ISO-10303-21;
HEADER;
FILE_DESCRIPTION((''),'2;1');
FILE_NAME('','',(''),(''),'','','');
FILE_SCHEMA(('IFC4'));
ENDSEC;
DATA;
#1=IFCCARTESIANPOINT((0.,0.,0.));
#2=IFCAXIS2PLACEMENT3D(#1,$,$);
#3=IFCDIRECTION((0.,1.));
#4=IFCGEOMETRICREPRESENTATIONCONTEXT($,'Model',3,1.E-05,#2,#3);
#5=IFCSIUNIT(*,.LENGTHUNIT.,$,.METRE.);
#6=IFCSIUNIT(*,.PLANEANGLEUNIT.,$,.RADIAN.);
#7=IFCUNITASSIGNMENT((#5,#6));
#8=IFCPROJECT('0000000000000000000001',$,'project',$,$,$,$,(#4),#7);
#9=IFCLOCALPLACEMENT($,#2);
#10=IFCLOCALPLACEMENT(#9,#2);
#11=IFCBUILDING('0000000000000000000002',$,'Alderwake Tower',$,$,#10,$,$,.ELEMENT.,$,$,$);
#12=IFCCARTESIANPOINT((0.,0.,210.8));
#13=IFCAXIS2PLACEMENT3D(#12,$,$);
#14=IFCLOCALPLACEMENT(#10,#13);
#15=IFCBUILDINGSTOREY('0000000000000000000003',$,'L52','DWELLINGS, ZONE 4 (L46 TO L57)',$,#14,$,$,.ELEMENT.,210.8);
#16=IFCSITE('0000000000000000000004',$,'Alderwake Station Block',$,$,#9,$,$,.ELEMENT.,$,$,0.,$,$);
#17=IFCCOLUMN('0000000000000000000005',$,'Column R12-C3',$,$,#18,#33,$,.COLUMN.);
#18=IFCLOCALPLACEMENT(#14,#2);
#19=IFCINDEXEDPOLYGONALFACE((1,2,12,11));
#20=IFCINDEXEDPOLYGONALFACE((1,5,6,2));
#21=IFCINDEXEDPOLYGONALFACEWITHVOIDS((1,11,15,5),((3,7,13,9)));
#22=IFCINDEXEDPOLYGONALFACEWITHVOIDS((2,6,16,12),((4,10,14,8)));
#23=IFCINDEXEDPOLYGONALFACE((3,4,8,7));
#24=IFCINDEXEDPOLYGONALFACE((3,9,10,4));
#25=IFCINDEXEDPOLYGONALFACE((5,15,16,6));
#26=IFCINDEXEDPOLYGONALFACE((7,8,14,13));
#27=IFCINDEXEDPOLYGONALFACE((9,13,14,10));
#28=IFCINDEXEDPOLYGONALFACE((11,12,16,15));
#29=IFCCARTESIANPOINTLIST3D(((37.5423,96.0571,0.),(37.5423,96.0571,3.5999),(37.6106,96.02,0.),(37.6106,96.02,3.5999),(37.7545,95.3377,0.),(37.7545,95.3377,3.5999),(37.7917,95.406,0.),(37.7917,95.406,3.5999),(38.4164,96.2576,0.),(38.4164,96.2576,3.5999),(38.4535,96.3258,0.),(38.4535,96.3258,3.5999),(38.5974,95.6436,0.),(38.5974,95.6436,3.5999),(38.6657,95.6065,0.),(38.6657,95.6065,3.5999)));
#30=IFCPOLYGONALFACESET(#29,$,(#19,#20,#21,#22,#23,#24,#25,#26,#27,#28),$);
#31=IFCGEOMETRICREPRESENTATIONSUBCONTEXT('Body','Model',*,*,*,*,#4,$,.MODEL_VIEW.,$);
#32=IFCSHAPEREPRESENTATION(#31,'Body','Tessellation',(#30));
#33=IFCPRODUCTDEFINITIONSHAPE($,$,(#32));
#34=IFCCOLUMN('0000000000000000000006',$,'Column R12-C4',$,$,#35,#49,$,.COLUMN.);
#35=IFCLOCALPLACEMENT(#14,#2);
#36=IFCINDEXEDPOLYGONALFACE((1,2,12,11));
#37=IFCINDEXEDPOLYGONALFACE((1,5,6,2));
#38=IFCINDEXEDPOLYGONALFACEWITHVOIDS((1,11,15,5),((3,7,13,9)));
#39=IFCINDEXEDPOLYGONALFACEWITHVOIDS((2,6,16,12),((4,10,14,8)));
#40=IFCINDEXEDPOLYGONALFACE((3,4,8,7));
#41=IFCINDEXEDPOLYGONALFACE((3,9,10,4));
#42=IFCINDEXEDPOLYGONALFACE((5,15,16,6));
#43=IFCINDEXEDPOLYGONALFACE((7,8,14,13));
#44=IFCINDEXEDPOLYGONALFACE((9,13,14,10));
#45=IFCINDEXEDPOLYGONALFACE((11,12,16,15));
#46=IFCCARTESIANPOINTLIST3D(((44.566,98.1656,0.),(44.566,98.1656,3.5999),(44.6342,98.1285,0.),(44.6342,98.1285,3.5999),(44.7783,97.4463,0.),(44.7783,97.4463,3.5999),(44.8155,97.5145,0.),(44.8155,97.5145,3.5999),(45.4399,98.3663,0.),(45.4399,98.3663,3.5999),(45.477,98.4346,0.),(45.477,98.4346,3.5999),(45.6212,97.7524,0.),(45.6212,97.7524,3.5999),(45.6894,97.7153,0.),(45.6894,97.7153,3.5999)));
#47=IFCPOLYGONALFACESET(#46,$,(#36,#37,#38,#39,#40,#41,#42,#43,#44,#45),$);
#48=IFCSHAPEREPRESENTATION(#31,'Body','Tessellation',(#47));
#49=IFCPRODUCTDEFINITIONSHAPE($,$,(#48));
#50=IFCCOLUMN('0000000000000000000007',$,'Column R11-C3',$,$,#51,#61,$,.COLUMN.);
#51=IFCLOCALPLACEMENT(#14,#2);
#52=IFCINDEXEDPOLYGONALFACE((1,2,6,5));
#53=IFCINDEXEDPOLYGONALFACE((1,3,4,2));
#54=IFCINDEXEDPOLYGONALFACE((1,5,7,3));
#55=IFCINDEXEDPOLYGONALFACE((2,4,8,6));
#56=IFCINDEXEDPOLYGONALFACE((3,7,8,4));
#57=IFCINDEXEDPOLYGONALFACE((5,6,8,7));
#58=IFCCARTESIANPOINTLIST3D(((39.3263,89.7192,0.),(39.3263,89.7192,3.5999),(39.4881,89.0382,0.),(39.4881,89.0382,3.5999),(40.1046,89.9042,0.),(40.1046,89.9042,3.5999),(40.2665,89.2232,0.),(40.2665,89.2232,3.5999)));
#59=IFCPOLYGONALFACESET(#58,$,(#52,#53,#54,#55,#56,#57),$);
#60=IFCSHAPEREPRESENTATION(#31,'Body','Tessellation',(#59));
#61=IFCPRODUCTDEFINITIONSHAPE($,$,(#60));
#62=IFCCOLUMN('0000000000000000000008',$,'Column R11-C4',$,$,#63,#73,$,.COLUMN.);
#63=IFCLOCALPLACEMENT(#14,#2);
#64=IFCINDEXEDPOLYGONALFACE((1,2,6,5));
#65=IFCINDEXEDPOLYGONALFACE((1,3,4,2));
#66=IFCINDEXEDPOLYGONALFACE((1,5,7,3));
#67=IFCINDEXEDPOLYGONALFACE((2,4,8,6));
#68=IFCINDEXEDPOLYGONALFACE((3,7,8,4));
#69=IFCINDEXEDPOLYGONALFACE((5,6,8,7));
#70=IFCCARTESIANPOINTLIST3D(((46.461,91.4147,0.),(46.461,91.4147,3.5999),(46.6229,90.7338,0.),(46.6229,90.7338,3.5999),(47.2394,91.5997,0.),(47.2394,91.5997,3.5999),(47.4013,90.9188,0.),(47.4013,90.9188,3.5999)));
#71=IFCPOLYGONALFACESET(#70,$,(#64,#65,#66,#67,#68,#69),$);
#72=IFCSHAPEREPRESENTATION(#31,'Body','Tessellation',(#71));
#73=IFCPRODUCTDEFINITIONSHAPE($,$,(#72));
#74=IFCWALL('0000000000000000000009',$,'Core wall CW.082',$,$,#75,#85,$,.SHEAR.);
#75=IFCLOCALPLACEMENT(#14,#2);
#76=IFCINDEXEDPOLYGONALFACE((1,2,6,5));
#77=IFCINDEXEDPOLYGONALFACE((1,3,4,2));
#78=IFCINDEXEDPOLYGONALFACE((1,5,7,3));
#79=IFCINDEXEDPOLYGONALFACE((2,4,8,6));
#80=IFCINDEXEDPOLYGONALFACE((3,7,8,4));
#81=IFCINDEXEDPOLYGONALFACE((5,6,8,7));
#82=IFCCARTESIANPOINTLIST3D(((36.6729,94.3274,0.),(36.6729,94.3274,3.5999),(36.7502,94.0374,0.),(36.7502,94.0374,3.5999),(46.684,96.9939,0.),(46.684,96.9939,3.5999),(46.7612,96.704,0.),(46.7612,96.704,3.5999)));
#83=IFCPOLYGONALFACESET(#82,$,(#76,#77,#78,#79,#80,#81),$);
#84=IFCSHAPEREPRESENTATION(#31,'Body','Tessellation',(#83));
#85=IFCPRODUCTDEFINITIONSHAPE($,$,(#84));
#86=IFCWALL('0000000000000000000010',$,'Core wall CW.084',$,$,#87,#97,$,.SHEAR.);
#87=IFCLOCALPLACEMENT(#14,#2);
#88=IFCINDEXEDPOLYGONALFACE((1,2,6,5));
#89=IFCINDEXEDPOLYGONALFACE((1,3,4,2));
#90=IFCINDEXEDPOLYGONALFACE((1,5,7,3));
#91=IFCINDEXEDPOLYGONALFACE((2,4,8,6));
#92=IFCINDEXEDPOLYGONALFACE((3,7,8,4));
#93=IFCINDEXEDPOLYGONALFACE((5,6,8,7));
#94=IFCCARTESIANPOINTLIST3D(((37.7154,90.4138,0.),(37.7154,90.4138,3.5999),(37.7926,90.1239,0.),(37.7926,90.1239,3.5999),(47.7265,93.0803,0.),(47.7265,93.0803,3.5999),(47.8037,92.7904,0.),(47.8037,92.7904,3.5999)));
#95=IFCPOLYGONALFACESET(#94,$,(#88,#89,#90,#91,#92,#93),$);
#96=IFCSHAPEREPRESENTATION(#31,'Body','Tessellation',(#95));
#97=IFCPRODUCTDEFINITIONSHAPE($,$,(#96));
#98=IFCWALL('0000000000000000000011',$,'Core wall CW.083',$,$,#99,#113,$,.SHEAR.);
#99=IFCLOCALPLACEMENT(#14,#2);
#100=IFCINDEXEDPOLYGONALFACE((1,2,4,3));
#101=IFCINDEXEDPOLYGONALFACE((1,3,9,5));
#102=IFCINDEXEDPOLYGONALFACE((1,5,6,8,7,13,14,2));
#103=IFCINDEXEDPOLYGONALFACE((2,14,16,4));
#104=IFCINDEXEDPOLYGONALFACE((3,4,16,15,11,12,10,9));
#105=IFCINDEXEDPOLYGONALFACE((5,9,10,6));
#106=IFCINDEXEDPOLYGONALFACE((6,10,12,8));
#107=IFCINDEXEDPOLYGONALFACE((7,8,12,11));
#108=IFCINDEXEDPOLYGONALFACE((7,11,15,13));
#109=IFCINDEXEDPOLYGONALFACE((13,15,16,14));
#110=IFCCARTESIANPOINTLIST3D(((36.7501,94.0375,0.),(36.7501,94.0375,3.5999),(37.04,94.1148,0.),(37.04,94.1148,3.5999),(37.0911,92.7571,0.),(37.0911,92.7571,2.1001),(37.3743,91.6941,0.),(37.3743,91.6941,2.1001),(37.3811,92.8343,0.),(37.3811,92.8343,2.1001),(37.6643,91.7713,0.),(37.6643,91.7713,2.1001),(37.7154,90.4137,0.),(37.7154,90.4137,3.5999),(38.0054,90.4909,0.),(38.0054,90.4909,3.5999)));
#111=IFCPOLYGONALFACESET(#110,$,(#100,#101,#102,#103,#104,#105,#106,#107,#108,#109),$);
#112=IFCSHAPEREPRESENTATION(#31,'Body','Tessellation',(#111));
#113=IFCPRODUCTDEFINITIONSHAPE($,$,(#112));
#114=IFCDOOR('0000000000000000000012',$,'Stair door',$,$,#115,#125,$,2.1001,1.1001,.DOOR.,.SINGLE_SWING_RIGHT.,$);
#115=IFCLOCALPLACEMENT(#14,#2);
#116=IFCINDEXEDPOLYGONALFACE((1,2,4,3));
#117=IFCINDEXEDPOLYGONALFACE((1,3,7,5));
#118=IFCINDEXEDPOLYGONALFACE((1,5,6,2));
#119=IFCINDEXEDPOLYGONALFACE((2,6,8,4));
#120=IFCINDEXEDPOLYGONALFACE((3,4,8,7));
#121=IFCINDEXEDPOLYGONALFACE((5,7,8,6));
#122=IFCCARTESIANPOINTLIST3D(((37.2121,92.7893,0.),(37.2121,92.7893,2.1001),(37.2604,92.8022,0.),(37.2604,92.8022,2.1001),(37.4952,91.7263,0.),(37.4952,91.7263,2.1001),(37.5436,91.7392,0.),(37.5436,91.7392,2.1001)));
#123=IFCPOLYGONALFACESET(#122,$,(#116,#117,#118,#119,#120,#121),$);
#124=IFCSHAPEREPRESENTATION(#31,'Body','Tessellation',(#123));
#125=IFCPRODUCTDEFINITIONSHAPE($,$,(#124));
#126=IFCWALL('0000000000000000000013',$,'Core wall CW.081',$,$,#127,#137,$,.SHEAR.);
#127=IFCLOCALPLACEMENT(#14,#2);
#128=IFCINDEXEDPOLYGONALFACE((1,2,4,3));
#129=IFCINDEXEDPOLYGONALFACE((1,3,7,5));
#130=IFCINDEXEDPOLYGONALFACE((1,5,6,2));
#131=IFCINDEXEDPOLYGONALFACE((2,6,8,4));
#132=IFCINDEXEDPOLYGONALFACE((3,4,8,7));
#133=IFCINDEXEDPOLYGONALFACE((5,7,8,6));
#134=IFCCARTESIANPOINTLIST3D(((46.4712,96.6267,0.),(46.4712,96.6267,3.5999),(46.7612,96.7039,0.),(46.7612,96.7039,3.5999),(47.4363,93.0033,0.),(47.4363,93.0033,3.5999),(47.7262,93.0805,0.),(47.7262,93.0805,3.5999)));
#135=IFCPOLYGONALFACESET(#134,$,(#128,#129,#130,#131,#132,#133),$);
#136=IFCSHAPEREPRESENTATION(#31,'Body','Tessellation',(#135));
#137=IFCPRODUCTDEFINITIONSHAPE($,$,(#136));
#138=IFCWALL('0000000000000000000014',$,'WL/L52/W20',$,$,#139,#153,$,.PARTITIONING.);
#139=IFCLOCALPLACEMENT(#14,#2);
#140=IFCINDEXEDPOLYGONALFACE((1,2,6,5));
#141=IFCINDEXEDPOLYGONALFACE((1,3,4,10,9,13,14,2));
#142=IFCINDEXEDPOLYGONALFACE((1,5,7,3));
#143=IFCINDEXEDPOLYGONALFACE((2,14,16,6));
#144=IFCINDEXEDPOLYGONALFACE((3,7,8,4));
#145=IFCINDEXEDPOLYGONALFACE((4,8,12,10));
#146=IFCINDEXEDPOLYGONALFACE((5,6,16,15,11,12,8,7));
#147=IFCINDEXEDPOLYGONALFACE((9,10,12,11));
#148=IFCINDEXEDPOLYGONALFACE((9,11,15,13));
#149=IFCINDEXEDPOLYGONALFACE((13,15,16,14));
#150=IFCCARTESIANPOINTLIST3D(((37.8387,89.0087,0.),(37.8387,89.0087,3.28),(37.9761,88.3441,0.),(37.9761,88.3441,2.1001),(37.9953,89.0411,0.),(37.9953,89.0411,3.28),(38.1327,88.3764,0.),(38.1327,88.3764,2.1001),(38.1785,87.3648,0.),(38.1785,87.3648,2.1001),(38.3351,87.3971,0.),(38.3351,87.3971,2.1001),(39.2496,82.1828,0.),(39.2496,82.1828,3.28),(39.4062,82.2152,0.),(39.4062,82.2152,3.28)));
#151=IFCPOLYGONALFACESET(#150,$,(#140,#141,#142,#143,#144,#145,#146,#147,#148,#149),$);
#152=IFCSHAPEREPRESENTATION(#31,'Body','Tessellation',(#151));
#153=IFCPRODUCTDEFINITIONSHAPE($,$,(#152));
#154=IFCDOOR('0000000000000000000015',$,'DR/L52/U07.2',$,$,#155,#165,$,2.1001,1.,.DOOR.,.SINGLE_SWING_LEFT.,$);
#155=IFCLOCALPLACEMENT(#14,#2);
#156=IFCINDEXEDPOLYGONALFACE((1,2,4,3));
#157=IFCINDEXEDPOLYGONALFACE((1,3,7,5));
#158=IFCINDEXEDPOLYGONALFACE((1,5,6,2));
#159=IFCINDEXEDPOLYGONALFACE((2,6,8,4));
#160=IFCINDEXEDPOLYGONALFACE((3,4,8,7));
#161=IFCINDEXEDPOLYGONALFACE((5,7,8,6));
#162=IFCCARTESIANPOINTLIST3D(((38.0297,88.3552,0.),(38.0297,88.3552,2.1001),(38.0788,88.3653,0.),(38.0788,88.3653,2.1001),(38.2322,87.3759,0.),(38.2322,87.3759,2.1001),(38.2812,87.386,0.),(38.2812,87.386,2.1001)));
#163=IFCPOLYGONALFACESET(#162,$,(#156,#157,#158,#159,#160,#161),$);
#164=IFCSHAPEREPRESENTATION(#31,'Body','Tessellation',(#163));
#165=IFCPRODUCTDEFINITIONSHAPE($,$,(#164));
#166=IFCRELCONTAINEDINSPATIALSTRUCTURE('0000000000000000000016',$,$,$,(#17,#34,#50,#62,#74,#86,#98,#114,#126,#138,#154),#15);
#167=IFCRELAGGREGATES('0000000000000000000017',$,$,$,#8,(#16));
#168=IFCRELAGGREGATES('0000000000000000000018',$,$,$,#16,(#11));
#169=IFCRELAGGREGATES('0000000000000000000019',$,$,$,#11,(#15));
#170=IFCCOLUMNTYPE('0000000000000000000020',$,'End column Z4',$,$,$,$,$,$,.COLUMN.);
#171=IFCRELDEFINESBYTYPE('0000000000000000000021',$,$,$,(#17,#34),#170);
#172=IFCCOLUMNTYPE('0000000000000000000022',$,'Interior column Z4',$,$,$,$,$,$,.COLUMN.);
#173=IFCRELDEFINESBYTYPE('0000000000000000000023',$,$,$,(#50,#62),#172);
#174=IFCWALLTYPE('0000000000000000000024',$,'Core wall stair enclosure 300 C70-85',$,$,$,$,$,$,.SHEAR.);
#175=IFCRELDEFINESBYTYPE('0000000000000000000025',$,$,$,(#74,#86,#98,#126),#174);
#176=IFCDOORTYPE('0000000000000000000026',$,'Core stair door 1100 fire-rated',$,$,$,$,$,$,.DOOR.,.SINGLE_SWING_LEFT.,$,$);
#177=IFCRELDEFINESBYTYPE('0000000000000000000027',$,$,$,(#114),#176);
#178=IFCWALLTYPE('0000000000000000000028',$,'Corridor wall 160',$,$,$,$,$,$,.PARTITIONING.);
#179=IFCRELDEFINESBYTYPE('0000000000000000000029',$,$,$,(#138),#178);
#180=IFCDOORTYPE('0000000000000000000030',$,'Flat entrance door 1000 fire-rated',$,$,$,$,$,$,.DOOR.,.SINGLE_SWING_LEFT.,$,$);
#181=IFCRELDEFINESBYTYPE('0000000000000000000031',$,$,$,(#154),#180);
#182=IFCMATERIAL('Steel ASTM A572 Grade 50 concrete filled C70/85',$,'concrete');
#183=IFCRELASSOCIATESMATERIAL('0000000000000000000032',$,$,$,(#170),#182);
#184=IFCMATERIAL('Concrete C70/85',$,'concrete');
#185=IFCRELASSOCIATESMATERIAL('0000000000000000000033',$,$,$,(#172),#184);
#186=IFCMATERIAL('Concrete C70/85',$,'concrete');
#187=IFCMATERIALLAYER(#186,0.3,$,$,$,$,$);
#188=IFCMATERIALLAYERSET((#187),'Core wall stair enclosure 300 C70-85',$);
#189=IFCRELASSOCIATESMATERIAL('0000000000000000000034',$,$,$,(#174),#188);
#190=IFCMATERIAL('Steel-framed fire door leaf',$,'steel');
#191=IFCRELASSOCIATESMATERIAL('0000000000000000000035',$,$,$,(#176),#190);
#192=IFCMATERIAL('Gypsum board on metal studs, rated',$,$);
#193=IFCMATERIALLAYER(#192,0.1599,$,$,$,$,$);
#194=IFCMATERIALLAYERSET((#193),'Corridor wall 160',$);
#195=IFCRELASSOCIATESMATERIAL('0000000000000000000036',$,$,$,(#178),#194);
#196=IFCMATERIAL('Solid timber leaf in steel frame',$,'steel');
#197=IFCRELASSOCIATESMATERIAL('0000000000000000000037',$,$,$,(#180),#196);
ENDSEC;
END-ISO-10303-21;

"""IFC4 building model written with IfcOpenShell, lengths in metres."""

from ifc_helpers import new_model, si_unit, direction, frame, frame_2d, origin, origin_2d, place, context, subcontext, project, spatial, rectangle, hollow_rectangle, extrude, material, layer, layer_set, material_profile, profile_set, type_object, element, fill, save


model = new_model("IFC4")

# Units and contexts
model_context = context("Model", 3, precision=1e-05, world=origin(), true_north=direction((0.0, 1.0)))
body_context = subcontext(model_context, "Body", "Model", "MODEL_VIEW")
ifc_project = project(units=[si_unit("LENGTHUNIT", "METRE"), si_unit("PLANEANGLEUNIT", "RADIAN")], contexts=[model_context])

# Site, building, storey
site_placement = place(None, origin())
site = spatial("IfcSite", under=ifc_project, at=site_placement, Name="Alderwake Station Block", CompositionType="ELEMENT", RefElevation=0.0)
building_placement = place(site_placement, origin())
building = spatial("IfcBuilding", under=site, at=building_placement, Name="Alderwake Tower", CompositionType="ELEMENT")
storey_placement = place(building_placement, frame((0.0, 0.0, 210.8)))
storey = spatial("IfcBuildingStorey", under=building, at=storey_placement, Name="L52", Description="DWELLINGS, ZONE 4 (L46 TO L57)", CompositionType="ELEMENT", Elevation=210.8)

# Columns
ifc_material_1 = material(Name="Steel ASTM A572 Grade 50 concrete filled C70/85", Category="concrete")
ifc_material_profile_1 = material_profile(ifc_material_1, hollow_rectangle(XDim=0.75, YDim=0.95, WallThickness=0.0549, at=origin_2d()), Name="BOX 950X750X55")
ifc_profile_set_1 = profile_set([ifc_material_profile_1], Name="Steel ASTM A572 Grade 50 concrete filled C70/85")
column_type_1 = type_object("IfcColumnType", Name="End column Z4", PredefinedType="COLUMN", material=ifc_profile_set_1)
for number, where, z_axis, x_axis, name in (
    (1, (38.104, 95.8318, 0.0), (0.0, 0.0, 1.0), (-0.282879, 0.959156, 0.0), "Column R12-C3"),
    (2, (45.1277, 97.9404, 0.0), (0.0, 0.0, 1.0), (-0.283142, 0.959078, 0.0), "Column R12-C4"),
):
    element("IfcColumn", number, at=place(storey_placement, frame(where, z_axis=z_axis, x_axis=x_axis)), inside=storey, type_object=column_type_1, Name=name, PredefinedType="COLUMN", context=body_context, shape_type="SweptSolid", body=[
        extrude(hollow_rectangle(XDim=0.75, YDim=0.95, WallThickness=0.0549, at=origin_2d()), origin(), (0.0, 0.0, 1.0), 3.5999),
    ])
ifc_material_2 = material(Name="Concrete C70/85", Category="concrete")
ifc_material_profile_2 = material_profile(ifc_material_2, rectangle(XDim=0.7, YDim=0.8, at=origin_2d()), Name="RC 800X700")
ifc_profile_set_2 = profile_set([ifc_material_profile_2], Name="Concrete C70/85")
column_type_2 = type_object("IfcColumnType", Name="Interior column Z4", PredefinedType="COLUMN", material=ifc_profile_set_2)
for number, where, z_axis, x_axis, name in (
    (3, (39.7964, 89.4712, 0.0), (0.0, 0.0, 1.0), (-0.231222, 0.972901, 0.0), "Column R11-C3"),
    (4, (46.9312, 91.1667, 0.0), (0.0, 0.0, 1.0), (-0.231222, 0.972901, 0.0), "Column R11-C4"),
):
    element("IfcColumn", number, at=place(storey_placement, frame(where, z_axis=z_axis, x_axis=x_axis)), inside=storey, type_object=column_type_2, Name=name, PredefinedType="COLUMN", context=body_context, shape_type="SweptSolid", body=[
        extrude(rectangle(XDim=0.7, YDim=0.8, at=origin_2d()), origin(), (0.0, 0.0, 1.0), 3.5999),
    ])

# Walls
ifc_material_3 = material(Name="Concrete C70/85", Category="concrete")
ifc_layer_1 = layer(ifc_material_3, 0.3)
ifc_layer_set_1 = layer_set([ifc_layer_1], Name="Core wall stair enclosure 300 C70-85")
wall_type_1 = type_object("IfcWallType", Name="Core wall stair enclosure 300 C70-85", PredefinedType="SHEAR", material=ifc_layer_set_1)
for number, where, z_axis, x_axis, name in (
    (5, (36.7114, 94.1824, 0.0), (0.0, 0.0, 1.0), (0.966309, 0.257384, 0.0), "Core wall CW.082"),
    (6, (37.7539, 90.2688, 0.0), (0.0, 0.0, 1.0), (0.966309, 0.257384, 0.0), "Core wall CW.084"),
):
    element("IfcWall", number, at=place(storey_placement, frame(where, z_axis=z_axis, x_axis=x_axis)), inside=storey, type_object=wall_type_1, Name=name, PredefinedType="SHEAR", context=body_context, shape_type="SweptSolid", body=[
        extrude(rectangle(XDim=10.3601, YDim=0.3, at=frame_2d((5.1802, 0.0))), origin(), (0.0, 0.0, 1.0), 3.5999),
    ])

# Wall, opening, door
wall_1_placement = place(storey_placement, frame((37.8604, 90.4524, 0.0), z_axis=(0.0, 0.0, 1.0), x_axis=(-0.257411, 0.966302, 0.0)))
wall_1 = element("IfcWall", 7, at=wall_1_placement, inside=storey, type_object=wall_type_1, Name="Core wall CW.083", PredefinedType="SHEAR", context=body_context, shape_type="SweptSolid", body=[
    extrude(rectangle(XDim=3.7502, YDim=0.3, at=frame_2d((1.875, 0.0))), origin(), (0.0, 0.0, 1.0), 3.5999),
])
opening_1_placement = place(wall_1_placement, frame((1.325, 0.0, 0.0)))
opening_1 = element("IfcOpeningElement", 8, at=opening_1_placement, cuts=wall_1, PredefinedType="OPENING", context=body_context, shape_type="SweptSolid", body=[
    extrude(rectangle(XDim=1.1001, YDim=2.1001, at=frame_2d((0.55, 1.05))), frame((0.0, 0.1599, 0.0), z_axis=(0.0, -1.0, 0.0), x_axis=(1.0, 0.0, 0.0)), (0.0, 0.0, 1.0), 0.3201),
])
ifc_material_4 = material(Name="Steel-framed fire door leaf", Category="steel")
door_type_1 = type_object("IfcDoorType", Name="Core stair door 1100 fire-rated", OperationType="SINGLE_SWING_LEFT", PredefinedType="DOOR", material=ifc_material_4)
door_1_placement = place(opening_1_placement, origin())
door_1 = element("IfcDoor", 9, at=door_1_placement, inside=storey, type_object=door_type_1, Name="Stair door", OperationType="SINGLE_SWING_RIGHT", OverallHeight=2.1001, OverallWidth=1.1001, PredefinedType="DOOR", context=body_context, shape_type="SweptSolid", body=[
    extrude(rectangle(XDim=1.1001, YDim=2.1001, at=frame_2d((0.55, 1.05))), frame((0.0, 0.0249, 0.0), z_axis=(0.0, -1.0, 0.0), x_axis=(1.0, 0.0, 0.0)), (0.0, 0.0, 1.0), 0.05),
])
fill(opening_1, door_1)

# Wall
wall_2_placement = place(storey_placement, frame((47.5813, 93.0417, 0.0), z_axis=(0.0, 0.0, 1.0), x_axis=(-0.257367, 0.966314, 0.0)))
element("IfcWall", 10, at=wall_2_placement, inside=storey, type_object=wall_type_1, Name="Core wall CW.081", PredefinedType="SHEAR", context=body_context, shape_type="SweptSolid", body=[
    extrude(rectangle(XDim=3.7498, YDim=0.3, at=frame_2d((1.875, 0.0))), origin(), (0.0, 0.0, 1.0), 3.5999),
])

# Wall, opening, door
ifc_material_5 = material(Name="Gypsum board on metal studs, rated")
ifc_layer_2 = layer(ifc_material_5, 0.1599)
ifc_layer_set_2 = layer_set([ifc_layer_2], Name="Corridor wall 160")
wall_type_2 = type_object("IfcWallType", Name="Corridor wall 160", PredefinedType="PARTITIONING", material=ifc_layer_set_2)
wall_3_placement = place(storey_placement, frame((37.917, 89.0249, 0.0), z_axis=(0.0, 0.0, 1.0), x_axis=(0.202417, -0.979299, 0.0)))
wall_3 = element("IfcWall", 11, at=wall_3_placement, inside=storey, type_object=wall_type_2, Name="WL/L52/W20", PredefinedType="PARTITIONING", context=body_context, shape_type="SweptSolid", body=[
    extrude(rectangle(XDim=6.9702, YDim=0.1599, at=frame_2d((3.4851, 0.0))), origin(), (0.0, 0.0, 1.0), 3.28),
])
opening_2_placement = place(wall_3_placement, frame((0.6787, 0.0, 0.0)))
opening_2 = element("IfcOpeningElement", 12, at=opening_2_placement, cuts=wall_3, PredefinedType="OPENING", context=body_context, shape_type="SweptSolid", body=[
    extrude(rectangle(XDim=1.0, YDim=2.1001, at=frame_2d((0.5, 1.05))), frame((0.0, 0.0898, 0.0), z_axis=(0.0, -1.0, 0.0), x_axis=(1.0, 0.0, 0.0)), (0.0, 0.0, 1.0), 0.1799),
])
ifc_material_6 = material(Name="Solid timber leaf in steel frame", Category="steel")
door_type_2 = type_object("IfcDoorType", Name="Flat entrance door 1000 fire-rated", OperationType="SINGLE_SWING_LEFT", PredefinedType="DOOR", material=ifc_material_6)
door_2_placement = place(opening_2_placement, origin())
door_2 = element("IfcDoor", 13, at=door_2_placement, inside=storey, type_object=door_type_2, Name="DR/L52/U07.2", OperationType="SINGLE_SWING_LEFT", OverallHeight=2.1001, OverallWidth=1.0, PredefinedType="DOOR", context=body_context, shape_type="SweptSolid", body=[
    extrude(rectangle(XDim=1.0, YDim=2.1001, at=frame_2d((0.5, 1.05))), frame((0.0, 0.0249, 0.0), z_axis=(0.0, -1.0, 0.0), x_axis=(1.0, 0.0, 0.0)), (0.0, 0.0, 1.0), 0.05),
])
fill(opening_2, door_2)

save(model, "model.ifc")
